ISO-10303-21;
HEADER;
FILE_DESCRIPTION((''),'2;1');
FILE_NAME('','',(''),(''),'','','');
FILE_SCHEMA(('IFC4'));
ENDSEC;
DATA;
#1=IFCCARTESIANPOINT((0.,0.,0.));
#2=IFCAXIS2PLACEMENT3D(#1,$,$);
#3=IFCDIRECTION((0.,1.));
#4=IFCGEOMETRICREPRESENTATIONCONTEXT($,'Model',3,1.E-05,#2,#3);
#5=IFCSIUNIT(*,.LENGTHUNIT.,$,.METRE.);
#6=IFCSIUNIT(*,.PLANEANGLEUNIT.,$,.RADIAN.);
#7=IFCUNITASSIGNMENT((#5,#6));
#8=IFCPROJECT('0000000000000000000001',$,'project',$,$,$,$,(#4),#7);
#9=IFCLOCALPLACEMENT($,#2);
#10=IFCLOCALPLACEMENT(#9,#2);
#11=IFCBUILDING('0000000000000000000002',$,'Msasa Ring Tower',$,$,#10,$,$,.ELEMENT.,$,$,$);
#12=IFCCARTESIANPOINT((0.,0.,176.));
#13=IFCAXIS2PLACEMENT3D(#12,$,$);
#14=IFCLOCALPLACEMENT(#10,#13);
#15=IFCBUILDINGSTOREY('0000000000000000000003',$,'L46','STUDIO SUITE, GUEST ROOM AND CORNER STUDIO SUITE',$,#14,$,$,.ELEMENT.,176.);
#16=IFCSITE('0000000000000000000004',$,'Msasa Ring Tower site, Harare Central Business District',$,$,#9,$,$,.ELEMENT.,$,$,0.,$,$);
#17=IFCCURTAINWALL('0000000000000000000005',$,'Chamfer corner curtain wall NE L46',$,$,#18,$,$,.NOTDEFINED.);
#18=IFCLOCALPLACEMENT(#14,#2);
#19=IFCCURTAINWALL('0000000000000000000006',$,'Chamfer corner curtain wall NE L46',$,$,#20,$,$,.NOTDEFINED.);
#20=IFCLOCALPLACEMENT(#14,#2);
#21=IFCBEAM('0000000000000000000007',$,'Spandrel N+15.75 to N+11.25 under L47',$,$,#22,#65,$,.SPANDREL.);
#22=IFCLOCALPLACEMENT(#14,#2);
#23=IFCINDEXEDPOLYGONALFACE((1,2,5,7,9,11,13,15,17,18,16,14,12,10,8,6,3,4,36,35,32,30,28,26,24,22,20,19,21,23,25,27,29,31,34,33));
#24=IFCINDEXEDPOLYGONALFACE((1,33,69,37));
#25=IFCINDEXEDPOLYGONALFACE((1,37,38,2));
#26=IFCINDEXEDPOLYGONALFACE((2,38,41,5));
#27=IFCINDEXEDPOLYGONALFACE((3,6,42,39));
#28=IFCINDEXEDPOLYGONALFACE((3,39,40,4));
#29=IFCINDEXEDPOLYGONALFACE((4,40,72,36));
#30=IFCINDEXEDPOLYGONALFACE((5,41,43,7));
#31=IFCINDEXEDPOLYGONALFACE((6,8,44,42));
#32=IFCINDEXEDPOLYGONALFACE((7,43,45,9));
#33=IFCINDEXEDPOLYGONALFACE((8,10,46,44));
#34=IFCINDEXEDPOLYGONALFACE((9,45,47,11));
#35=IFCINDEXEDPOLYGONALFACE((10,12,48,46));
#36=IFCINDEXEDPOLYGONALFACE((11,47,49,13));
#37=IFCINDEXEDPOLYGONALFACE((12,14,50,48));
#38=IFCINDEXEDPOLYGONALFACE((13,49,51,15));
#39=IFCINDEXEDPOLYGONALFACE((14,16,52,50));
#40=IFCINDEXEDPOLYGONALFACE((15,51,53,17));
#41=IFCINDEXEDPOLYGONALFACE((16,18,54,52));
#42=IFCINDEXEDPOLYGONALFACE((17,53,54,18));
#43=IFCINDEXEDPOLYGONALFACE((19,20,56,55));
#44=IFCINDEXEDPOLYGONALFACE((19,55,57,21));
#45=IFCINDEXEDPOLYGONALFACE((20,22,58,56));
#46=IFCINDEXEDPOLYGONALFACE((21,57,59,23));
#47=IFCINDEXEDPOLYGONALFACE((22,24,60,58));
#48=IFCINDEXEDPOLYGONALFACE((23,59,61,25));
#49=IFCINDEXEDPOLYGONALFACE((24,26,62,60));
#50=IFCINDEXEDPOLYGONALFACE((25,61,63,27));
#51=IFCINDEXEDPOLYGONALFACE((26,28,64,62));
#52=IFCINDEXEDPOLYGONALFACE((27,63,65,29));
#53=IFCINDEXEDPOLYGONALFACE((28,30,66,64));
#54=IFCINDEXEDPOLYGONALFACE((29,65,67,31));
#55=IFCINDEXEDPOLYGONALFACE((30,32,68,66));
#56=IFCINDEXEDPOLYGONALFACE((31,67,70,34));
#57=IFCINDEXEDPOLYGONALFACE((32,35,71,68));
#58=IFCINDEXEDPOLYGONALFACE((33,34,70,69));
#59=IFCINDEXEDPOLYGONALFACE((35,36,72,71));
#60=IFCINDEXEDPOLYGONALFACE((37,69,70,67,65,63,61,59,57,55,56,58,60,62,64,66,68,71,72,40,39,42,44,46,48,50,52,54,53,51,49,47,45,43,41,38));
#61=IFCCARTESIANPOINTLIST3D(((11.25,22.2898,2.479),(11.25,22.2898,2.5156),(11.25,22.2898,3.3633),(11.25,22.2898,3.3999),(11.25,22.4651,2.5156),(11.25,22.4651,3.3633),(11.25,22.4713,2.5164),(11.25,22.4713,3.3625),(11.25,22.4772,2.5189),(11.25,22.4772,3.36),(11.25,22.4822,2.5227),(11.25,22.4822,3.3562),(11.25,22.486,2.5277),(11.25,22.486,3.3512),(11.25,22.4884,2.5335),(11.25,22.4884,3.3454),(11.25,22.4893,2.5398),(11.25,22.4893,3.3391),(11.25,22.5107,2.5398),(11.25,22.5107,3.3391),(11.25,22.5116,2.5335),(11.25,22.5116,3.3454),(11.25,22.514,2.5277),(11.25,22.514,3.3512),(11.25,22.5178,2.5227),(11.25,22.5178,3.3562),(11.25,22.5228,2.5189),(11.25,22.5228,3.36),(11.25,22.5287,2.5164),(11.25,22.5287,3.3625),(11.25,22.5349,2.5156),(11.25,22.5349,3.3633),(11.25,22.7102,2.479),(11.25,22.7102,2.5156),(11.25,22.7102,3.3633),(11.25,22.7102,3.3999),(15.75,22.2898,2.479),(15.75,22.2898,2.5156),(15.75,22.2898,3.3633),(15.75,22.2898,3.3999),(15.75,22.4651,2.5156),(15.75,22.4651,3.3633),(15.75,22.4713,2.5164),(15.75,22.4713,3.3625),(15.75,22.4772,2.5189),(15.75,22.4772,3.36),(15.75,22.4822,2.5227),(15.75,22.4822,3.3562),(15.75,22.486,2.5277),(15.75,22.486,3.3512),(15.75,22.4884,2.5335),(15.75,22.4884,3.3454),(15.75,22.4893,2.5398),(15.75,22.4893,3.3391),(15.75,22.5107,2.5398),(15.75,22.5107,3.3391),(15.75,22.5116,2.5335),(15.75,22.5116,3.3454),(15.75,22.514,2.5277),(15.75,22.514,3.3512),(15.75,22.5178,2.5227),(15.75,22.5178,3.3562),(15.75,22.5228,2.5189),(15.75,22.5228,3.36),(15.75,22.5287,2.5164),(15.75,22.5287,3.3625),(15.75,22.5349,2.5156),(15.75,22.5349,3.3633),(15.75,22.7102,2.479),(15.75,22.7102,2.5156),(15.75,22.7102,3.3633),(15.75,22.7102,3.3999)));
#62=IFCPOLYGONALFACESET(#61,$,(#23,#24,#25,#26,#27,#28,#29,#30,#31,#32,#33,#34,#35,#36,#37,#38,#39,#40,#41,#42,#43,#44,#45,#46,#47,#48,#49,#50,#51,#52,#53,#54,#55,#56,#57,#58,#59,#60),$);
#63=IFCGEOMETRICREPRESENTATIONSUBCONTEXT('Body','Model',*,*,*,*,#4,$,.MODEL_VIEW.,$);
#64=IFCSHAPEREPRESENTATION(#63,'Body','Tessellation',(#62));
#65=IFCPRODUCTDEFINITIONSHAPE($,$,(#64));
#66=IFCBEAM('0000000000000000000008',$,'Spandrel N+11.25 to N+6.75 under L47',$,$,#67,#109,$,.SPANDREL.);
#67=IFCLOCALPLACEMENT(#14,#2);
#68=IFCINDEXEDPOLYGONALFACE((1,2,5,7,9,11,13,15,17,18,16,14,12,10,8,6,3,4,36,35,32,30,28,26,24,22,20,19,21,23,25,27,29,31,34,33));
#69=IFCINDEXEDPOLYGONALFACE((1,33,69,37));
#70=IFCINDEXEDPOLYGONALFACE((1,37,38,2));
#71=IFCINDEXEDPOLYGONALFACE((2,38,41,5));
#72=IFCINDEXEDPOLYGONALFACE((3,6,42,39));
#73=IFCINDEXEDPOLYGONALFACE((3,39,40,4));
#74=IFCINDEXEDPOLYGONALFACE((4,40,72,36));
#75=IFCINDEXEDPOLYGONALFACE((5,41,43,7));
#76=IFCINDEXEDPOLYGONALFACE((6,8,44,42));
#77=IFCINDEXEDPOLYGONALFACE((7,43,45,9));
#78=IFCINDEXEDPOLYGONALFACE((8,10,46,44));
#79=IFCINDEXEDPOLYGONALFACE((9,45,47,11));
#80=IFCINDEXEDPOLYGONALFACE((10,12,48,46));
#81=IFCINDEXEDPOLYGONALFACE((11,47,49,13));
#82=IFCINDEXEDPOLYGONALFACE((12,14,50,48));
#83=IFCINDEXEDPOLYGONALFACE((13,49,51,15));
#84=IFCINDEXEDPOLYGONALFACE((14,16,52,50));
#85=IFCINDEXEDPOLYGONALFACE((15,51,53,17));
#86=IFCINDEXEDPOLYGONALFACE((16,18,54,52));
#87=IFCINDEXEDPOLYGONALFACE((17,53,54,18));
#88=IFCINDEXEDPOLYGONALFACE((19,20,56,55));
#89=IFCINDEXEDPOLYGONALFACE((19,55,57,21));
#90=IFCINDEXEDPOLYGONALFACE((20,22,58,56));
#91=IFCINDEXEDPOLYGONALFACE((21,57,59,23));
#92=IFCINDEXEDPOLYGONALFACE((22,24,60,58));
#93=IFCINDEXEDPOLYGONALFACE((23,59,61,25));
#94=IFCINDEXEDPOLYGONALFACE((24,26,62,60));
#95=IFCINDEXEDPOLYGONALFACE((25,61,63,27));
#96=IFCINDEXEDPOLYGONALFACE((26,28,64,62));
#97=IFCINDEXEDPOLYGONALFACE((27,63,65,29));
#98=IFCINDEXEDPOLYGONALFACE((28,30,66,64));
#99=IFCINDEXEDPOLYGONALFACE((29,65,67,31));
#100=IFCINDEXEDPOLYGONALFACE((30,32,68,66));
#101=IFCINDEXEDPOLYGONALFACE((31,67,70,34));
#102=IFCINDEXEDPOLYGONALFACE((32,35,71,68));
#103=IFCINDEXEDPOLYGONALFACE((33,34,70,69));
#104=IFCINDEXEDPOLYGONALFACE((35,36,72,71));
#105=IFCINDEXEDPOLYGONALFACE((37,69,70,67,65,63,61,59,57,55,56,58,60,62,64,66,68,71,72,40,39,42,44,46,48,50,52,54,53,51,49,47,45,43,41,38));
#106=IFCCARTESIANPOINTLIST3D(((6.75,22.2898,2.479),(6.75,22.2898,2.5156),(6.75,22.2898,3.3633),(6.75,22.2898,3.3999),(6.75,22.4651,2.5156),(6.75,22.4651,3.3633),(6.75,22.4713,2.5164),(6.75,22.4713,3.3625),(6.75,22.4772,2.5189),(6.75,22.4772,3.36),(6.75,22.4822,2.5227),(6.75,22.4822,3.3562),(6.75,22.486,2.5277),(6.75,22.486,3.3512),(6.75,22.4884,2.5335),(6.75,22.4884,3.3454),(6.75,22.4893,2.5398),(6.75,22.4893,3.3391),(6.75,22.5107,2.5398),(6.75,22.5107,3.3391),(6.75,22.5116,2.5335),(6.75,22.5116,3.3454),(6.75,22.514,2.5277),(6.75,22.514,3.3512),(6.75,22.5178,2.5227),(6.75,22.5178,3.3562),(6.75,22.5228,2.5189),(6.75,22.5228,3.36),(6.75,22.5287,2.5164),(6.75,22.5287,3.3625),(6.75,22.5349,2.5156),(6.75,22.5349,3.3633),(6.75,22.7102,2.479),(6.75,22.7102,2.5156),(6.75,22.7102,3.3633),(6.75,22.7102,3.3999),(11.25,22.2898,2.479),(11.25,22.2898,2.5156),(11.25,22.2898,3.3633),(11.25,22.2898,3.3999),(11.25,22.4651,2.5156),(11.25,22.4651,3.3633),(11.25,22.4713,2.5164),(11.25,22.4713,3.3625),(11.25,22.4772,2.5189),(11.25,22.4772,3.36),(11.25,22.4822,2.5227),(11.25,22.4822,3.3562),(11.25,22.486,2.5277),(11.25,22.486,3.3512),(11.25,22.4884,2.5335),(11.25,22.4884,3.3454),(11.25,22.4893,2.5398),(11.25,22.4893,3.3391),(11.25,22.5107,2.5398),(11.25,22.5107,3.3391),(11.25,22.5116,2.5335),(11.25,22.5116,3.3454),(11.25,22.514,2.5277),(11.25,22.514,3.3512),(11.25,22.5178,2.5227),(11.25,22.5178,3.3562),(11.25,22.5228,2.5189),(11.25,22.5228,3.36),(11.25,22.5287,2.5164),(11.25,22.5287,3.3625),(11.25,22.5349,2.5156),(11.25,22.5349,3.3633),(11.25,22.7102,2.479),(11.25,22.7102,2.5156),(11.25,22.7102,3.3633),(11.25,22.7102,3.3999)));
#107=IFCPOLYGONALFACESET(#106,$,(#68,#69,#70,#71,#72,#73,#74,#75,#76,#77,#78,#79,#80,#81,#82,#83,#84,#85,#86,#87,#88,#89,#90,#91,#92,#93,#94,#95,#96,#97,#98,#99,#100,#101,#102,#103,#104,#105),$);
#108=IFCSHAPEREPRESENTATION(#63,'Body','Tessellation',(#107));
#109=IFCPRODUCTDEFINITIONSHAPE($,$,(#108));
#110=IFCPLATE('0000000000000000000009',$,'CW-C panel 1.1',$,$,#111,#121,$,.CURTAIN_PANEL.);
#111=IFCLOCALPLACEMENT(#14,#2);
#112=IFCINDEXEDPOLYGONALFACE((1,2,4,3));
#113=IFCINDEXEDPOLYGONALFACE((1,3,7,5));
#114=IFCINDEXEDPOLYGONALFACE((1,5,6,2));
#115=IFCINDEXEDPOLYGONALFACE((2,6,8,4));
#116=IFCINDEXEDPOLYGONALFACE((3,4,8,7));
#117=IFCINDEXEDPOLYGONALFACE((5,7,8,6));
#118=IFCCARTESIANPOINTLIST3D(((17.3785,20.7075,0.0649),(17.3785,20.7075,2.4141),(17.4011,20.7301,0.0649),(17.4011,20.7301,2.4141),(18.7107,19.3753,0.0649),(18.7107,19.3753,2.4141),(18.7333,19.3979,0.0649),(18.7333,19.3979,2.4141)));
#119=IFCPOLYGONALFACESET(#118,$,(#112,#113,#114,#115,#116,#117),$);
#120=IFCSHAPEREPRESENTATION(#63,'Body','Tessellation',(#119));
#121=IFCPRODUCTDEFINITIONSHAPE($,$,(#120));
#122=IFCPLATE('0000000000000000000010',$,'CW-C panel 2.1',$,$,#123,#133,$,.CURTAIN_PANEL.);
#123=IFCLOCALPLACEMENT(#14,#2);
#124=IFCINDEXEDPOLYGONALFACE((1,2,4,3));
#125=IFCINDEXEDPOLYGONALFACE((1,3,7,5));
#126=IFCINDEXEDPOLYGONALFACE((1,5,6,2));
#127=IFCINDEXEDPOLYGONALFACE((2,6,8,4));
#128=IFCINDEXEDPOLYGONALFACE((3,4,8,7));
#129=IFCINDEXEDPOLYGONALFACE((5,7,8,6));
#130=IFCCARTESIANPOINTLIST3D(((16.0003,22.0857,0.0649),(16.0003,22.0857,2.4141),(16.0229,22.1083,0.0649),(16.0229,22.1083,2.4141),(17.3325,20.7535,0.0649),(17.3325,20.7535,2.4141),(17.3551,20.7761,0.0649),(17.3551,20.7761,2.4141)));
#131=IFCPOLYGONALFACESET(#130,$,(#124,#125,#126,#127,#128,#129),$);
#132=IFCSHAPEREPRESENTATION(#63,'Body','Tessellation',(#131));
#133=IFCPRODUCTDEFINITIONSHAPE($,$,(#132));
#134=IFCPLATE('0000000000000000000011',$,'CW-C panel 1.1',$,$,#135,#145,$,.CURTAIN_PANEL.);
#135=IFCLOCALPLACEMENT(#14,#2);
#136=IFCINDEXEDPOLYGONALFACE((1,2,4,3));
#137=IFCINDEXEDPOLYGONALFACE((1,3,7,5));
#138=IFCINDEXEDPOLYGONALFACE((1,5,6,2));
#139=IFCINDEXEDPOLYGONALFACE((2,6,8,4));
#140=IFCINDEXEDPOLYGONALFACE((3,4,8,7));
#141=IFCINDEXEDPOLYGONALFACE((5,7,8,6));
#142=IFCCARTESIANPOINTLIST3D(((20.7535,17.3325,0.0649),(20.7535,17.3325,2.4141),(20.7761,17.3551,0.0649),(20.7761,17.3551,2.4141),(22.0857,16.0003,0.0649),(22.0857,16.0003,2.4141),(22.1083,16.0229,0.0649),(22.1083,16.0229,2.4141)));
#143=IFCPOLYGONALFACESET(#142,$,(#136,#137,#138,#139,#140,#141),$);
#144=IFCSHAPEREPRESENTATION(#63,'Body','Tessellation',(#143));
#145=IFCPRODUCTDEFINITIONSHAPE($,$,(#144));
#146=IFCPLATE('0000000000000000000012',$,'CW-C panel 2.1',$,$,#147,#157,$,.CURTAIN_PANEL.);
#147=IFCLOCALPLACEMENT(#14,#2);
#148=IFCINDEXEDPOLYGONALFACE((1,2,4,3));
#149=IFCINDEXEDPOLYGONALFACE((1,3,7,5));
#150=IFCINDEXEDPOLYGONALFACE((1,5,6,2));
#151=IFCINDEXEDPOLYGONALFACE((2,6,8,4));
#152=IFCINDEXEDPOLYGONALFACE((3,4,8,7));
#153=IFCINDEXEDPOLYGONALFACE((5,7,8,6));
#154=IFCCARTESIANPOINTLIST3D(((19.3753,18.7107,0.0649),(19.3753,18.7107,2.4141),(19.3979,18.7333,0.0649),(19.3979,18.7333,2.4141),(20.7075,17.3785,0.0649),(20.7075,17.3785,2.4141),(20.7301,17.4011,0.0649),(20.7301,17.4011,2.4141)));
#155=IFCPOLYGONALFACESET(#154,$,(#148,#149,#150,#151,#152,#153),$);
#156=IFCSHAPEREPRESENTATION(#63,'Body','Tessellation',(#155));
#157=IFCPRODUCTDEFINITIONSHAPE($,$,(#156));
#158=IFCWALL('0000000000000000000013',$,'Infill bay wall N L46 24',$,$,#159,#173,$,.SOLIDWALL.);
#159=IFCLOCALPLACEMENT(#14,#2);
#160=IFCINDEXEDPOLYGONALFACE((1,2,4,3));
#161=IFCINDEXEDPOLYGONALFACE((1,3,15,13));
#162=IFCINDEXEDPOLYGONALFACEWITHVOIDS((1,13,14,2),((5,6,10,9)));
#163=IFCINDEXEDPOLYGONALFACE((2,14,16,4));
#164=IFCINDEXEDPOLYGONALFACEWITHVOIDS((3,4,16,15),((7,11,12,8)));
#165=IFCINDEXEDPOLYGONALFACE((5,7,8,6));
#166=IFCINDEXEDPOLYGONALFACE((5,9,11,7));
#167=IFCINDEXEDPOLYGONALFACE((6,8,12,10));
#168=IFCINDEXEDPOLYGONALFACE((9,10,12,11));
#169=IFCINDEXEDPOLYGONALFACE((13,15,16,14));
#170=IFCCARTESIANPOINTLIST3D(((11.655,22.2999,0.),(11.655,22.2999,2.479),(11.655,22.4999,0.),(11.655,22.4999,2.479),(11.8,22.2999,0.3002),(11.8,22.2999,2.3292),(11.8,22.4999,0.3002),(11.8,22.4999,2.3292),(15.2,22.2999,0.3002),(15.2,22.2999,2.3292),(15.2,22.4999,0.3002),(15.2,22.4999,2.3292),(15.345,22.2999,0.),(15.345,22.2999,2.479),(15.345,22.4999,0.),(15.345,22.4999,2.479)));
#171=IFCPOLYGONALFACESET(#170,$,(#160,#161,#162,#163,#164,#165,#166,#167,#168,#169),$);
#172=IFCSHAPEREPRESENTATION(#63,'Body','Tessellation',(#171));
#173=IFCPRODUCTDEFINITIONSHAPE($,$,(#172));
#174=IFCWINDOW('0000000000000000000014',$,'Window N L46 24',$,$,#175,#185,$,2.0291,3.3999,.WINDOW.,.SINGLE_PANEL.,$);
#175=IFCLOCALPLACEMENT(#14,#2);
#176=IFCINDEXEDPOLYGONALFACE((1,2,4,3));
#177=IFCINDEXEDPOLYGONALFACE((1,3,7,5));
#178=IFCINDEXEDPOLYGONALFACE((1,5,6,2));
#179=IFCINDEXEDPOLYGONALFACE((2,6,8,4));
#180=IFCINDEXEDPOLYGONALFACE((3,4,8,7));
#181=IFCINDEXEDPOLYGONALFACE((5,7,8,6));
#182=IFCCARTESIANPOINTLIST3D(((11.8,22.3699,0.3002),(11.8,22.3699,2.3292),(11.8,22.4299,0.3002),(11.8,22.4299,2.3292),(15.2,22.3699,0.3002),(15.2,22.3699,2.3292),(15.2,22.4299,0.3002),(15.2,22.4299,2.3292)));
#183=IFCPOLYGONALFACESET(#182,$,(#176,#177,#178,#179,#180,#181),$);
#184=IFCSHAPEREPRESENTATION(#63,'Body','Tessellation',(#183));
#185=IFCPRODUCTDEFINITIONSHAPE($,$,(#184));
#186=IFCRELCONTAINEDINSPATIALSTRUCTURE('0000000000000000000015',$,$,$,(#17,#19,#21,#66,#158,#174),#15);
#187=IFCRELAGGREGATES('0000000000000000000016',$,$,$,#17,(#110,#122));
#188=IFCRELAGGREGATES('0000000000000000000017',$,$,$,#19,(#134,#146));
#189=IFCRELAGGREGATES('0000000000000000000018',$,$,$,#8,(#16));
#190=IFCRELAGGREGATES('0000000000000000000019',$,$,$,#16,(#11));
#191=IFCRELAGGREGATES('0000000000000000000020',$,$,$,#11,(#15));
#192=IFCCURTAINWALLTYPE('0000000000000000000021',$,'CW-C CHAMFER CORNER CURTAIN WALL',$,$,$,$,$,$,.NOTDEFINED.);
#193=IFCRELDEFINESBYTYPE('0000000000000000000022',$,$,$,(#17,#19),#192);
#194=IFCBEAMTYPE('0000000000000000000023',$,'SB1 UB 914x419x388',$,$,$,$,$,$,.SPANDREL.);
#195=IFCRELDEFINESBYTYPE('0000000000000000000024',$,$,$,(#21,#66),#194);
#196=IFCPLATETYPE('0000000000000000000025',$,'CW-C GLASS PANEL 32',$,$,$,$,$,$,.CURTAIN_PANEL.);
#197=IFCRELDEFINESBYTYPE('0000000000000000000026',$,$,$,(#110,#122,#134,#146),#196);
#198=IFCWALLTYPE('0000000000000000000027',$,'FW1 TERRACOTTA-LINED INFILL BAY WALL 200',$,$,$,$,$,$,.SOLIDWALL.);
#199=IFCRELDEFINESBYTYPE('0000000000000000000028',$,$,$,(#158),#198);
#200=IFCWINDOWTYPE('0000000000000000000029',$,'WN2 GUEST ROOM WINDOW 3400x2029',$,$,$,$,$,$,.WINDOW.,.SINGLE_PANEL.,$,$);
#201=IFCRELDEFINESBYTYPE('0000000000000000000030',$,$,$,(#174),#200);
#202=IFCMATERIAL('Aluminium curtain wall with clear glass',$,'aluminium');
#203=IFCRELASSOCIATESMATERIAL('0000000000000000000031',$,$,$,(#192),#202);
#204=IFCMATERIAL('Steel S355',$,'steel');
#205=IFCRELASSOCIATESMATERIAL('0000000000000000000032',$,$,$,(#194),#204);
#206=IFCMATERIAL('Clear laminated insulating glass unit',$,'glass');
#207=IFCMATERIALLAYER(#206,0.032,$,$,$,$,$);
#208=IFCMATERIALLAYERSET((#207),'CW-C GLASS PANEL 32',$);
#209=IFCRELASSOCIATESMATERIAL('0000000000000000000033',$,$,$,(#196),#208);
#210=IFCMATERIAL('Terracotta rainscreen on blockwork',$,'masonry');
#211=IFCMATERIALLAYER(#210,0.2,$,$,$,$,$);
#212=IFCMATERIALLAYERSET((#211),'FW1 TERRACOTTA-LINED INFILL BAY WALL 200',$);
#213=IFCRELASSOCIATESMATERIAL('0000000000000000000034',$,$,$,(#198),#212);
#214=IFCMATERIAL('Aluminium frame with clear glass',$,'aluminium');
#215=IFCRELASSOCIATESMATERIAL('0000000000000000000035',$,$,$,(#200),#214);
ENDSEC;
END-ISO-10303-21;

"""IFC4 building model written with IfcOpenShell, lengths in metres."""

from ifc_helpers import new_model, si_unit, direction, frame, frame_2d, origin, origin_2d, place, context, subcontext, project, spatial, rectangle, i_section, extrude, material, layer, layer_set, material_profile, profile_set, type_object, element, fill, aggregate, save


model = new_model("IFC4")

# Units and contexts
model_context = context("Model", 3, precision=1e-05, world=origin(), true_north=direction((0.0, 1.0)))
body_context = subcontext(model_context, "Body", "Model", "MODEL_VIEW")
ifc_project = project(units=[si_unit("LENGTHUNIT", "METRE"), si_unit("PLANEANGLEUNIT", "RADIAN")], contexts=[model_context])

# Site, building, storey
site_placement = place(None, origin())
site = spatial("IfcSite", under=ifc_project, at=site_placement, Name="Msasa Ring Tower site, Harare Central Business District", CompositionType="ELEMENT", RefElevation=0.0)
building_placement = place(site_placement, origin())
building = spatial("IfcBuilding", under=site, at=building_placement, Name="Msasa Ring Tower", CompositionType="ELEMENT")
storey_placement = place(building_placement, frame((0.0, 0.0, 176.0)))
storey = spatial("IfcBuildingStorey", under=building, at=storey_placement, Name="L46", Description="STUDIO SUITE, GUEST ROOM AND CORNER STUDIO SUITE", CompositionType="ELEMENT", Elevation=176.0)

# Curtain walls
ifc_material_1 = material(Name="Aluminium curtain wall with clear glass", Category="aluminium")
curtain_wall_type = type_object("IfcCurtainWallType", Name="CW-C CHAMFER CORNER CURTAIN WALL", PredefinedType="NOTDEFINED", material=ifc_material_1)
curtain_wall_1_placement = place(storey_placement, origin())
curtain_wall_1 = element("IfcCurtainWall", 1, at=curtain_wall_1_placement, inside=storey, type_object=curtain_wall_type, Name="Chamfer corner curtain wall NE L46", PredefinedType="NOTDEFINED")
curtain_wall_2_placement = place(storey_placement, origin())
curtain_wall_2 = element("IfcCurtainWall", 2, at=curtain_wall_2_placement, inside=storey, type_object=curtain_wall_type, Name="Chamfer corner curtain wall NE L46", PredefinedType="NOTDEFINED")

# Beams
ifc_material_2 = material(Name="Steel S355", Category="steel")
ifc_material_profile_1 = material_profile(ifc_material_2, i_section(OverallWidth=0.4204, OverallDepth=0.9209, WebThickness=0.0215, FlangeThickness=0.0366, FilletRadius=0.0242, at=origin_2d()), Name="UB 914x419x388")
ifc_profile_set_1 = profile_set([ifc_material_profile_1], Name="Steel S355")
beam_type_1 = type_object("IfcBeamType", Name="SB1 UB 914x419x388", PredefinedType="SPANDREL", material=ifc_profile_set_1)
for number, where, z_axis, x_axis, name in (
    (3, (15.75, 22.5, 2.9395), (-1.0, 0.0, 0.0), (0.0, -1.0, 0.0), "Spandrel N+15.75 to N+11.25 under L47"),
    (4, (11.25, 22.5, 2.9395), (-1.0, 0.0, 0.0), (0.0, -1.0, 0.0), "Spandrel N+11.25 to N+6.75 under L47"),
):
    element("IfcBeam", number, at=place(storey_placement, frame(where, z_axis=z_axis, x_axis=x_axis)), inside=storey, type_object=beam_type_1, Name=name, PredefinedType="SPANDREL", context=body_context, shape_type="SweptSolid", body=[
        extrude(i_section(OverallWidth=0.4204, OverallDepth=0.9209, WebThickness=0.0215, FlangeThickness=0.0366, FilletRadius=0.0242, at=origin_2d()), origin(), (0.0, 0.0, 1.0), 4.5),
    ])

# Plates
ifc_material_3 = material(Name="Clear laminated insulating glass unit", Category="glass")
ifc_layer_1 = layer(ifc_material_3, 0.032)
ifc_layer_set_1 = layer_set([ifc_layer_1], Name="CW-C GLASS PANEL 32")
plate_type = type_object("IfcPlateType", Name="CW-C GLASS PANEL 32", PredefinedType="CURTAIN_PANEL", material=ifc_layer_set_1)
plate_1_placement = place(storey_placement, frame((18.0559, 20.0527, 0.0649), z_axis=(0.0, 0.0, 1.0), x_axis=(-0.707107, 0.707107, 0.0)))
plate_1 = element("IfcPlate", 5, at=plate_1_placement, type_object=plate_type, Name="CW-C panel 1.1", PredefinedType="CURTAIN_PANEL", context=body_context, shape_type="SweptSolid", body=[
    extrude(rectangle(XDim=1.884, YDim=0.032, at=origin_2d()), origin(), (0.0, 0.0, 1.0), 2.3491),
])
plate_2_placement = place(storey_placement, frame((16.6777, 21.4309, 0.0649), z_axis=(0.0, 0.0, 1.0), x_axis=(-0.707107, 0.707107, 0.0)))
plate_2 = element("IfcPlate", 6, at=plate_2_placement, type_object=plate_type, Name="CW-C panel 2.1", PredefinedType="CURTAIN_PANEL", context=body_context, shape_type="SweptSolid", body=[
    extrude(rectangle(XDim=1.884, YDim=0.032, at=origin_2d()), origin(), (0.0, 0.0, 1.0), 2.3491),
])
aggregate(curtain_wall_1, [plate_1, plate_2])
plate_3_placement = place(storey_placement, frame((21.4309, 16.6777, 0.0649), z_axis=(0.0, 0.0, 1.0), x_axis=(-0.707107, 0.707107, 0.0)))
plate_3 = element("IfcPlate", 7, at=plate_3_placement, type_object=plate_type, Name="CW-C panel 1.1", PredefinedType="CURTAIN_PANEL", context=body_context, shape_type="SweptSolid", body=[
    extrude(rectangle(XDim=1.884, YDim=0.032, at=origin_2d()), origin(), (0.0, 0.0, 1.0), 2.3491),
])
plate_4_placement = place(storey_placement, frame((20.0527, 18.0559, 0.0649), z_axis=(0.0, 0.0, 1.0), x_axis=(-0.707107, 0.707107, 0.0)))
plate_4 = element("IfcPlate", 8, at=plate_4_placement, type_object=plate_type, Name="CW-C panel 2.1", PredefinedType="CURTAIN_PANEL", context=body_context, shape_type="SweptSolid", body=[
    extrude(rectangle(XDim=1.884, YDim=0.032, at=origin_2d()), origin(), (0.0, 0.0, 1.0), 2.3491),
])
aggregate(curtain_wall_2, [plate_3, plate_4])

# Wall, opening, window
ifc_material_4 = material(Name="Terracotta rainscreen on blockwork", Category="masonry")
ifc_layer_2 = layer(ifc_material_4, 0.2)
ifc_layer_set_2 = layer_set([ifc_layer_2], Name="FW1 TERRACOTTA-LINED INFILL BAY WALL 200")
wall_type = type_object("IfcWallType", Name="FW1 TERRACOTTA-LINED INFILL BAY WALL 200", PredefinedType="SOLIDWALL", material=ifc_layer_set_2)
wall_placement = place(storey_placement, frame((11.655, 22.3999, 0.0), z_axis=(0.0, 0.0, 1.0), x_axis=(1.0, 0.0, 0.0)))
wall = element("IfcWall", 9, at=wall_placement, inside=storey, type_object=wall_type, Name="Infill bay wall N L46 24", PredefinedType="SOLIDWALL", context=body_context, shape_type="SweptSolid", body=[
    extrude(rectangle(XDim=3.6899, YDim=0.2, at=frame_2d((1.845, 0.0))), origin(), (0.0, 0.0, 1.0), 2.479),
])
opening_placement = place(wall_placement, frame((0.145, 0.0, 0.3)))
opening = element("IfcOpeningElement", 10, at=opening_placement, cuts=wall, PredefinedType="OPENING", context=body_context, shape_type="SweptSolid", body=[
    extrude(rectangle(XDim=3.3999, YDim=2.0291, at=frame_2d((1.7, 1.0146))), frame((0.0, 0.1099, 0.0), z_axis=(0.0, -1.0, 0.0), x_axis=(1.0, 0.0, 0.0)), (0.0, 0.0, 1.0), 0.22),
])
ifc_material_5 = material(Name="Aluminium frame with clear glass", Category="aluminium")
window_type = type_object("IfcWindowType", Name="WN2 GUEST ROOM WINDOW 3400x2029", PartitioningType="SINGLE_PANEL", PredefinedType="WINDOW", material=ifc_material_5)
window_placement = place(opening_placement, origin())
window = element("IfcWindow", 11, at=window_placement, inside=storey, type_object=window_type, Name="Window N L46 24", OverallHeight=2.0291, OverallWidth=3.3999, PartitioningType="SINGLE_PANEL", PredefinedType="WINDOW", context=body_context, shape_type="SweptSolid", body=[
    extrude(rectangle(XDim=3.3999, YDim=2.0291, at=frame_2d((1.7, 1.0146))), frame((0.0, 0.03, 0.0), z_axis=(0.0, -1.0, 0.0), x_axis=(1.0, 0.0, 0.0)), (0.0, 0.0, 1.0), 0.0601),
])
fill(opening, window)

save(model, "model.ifc")
